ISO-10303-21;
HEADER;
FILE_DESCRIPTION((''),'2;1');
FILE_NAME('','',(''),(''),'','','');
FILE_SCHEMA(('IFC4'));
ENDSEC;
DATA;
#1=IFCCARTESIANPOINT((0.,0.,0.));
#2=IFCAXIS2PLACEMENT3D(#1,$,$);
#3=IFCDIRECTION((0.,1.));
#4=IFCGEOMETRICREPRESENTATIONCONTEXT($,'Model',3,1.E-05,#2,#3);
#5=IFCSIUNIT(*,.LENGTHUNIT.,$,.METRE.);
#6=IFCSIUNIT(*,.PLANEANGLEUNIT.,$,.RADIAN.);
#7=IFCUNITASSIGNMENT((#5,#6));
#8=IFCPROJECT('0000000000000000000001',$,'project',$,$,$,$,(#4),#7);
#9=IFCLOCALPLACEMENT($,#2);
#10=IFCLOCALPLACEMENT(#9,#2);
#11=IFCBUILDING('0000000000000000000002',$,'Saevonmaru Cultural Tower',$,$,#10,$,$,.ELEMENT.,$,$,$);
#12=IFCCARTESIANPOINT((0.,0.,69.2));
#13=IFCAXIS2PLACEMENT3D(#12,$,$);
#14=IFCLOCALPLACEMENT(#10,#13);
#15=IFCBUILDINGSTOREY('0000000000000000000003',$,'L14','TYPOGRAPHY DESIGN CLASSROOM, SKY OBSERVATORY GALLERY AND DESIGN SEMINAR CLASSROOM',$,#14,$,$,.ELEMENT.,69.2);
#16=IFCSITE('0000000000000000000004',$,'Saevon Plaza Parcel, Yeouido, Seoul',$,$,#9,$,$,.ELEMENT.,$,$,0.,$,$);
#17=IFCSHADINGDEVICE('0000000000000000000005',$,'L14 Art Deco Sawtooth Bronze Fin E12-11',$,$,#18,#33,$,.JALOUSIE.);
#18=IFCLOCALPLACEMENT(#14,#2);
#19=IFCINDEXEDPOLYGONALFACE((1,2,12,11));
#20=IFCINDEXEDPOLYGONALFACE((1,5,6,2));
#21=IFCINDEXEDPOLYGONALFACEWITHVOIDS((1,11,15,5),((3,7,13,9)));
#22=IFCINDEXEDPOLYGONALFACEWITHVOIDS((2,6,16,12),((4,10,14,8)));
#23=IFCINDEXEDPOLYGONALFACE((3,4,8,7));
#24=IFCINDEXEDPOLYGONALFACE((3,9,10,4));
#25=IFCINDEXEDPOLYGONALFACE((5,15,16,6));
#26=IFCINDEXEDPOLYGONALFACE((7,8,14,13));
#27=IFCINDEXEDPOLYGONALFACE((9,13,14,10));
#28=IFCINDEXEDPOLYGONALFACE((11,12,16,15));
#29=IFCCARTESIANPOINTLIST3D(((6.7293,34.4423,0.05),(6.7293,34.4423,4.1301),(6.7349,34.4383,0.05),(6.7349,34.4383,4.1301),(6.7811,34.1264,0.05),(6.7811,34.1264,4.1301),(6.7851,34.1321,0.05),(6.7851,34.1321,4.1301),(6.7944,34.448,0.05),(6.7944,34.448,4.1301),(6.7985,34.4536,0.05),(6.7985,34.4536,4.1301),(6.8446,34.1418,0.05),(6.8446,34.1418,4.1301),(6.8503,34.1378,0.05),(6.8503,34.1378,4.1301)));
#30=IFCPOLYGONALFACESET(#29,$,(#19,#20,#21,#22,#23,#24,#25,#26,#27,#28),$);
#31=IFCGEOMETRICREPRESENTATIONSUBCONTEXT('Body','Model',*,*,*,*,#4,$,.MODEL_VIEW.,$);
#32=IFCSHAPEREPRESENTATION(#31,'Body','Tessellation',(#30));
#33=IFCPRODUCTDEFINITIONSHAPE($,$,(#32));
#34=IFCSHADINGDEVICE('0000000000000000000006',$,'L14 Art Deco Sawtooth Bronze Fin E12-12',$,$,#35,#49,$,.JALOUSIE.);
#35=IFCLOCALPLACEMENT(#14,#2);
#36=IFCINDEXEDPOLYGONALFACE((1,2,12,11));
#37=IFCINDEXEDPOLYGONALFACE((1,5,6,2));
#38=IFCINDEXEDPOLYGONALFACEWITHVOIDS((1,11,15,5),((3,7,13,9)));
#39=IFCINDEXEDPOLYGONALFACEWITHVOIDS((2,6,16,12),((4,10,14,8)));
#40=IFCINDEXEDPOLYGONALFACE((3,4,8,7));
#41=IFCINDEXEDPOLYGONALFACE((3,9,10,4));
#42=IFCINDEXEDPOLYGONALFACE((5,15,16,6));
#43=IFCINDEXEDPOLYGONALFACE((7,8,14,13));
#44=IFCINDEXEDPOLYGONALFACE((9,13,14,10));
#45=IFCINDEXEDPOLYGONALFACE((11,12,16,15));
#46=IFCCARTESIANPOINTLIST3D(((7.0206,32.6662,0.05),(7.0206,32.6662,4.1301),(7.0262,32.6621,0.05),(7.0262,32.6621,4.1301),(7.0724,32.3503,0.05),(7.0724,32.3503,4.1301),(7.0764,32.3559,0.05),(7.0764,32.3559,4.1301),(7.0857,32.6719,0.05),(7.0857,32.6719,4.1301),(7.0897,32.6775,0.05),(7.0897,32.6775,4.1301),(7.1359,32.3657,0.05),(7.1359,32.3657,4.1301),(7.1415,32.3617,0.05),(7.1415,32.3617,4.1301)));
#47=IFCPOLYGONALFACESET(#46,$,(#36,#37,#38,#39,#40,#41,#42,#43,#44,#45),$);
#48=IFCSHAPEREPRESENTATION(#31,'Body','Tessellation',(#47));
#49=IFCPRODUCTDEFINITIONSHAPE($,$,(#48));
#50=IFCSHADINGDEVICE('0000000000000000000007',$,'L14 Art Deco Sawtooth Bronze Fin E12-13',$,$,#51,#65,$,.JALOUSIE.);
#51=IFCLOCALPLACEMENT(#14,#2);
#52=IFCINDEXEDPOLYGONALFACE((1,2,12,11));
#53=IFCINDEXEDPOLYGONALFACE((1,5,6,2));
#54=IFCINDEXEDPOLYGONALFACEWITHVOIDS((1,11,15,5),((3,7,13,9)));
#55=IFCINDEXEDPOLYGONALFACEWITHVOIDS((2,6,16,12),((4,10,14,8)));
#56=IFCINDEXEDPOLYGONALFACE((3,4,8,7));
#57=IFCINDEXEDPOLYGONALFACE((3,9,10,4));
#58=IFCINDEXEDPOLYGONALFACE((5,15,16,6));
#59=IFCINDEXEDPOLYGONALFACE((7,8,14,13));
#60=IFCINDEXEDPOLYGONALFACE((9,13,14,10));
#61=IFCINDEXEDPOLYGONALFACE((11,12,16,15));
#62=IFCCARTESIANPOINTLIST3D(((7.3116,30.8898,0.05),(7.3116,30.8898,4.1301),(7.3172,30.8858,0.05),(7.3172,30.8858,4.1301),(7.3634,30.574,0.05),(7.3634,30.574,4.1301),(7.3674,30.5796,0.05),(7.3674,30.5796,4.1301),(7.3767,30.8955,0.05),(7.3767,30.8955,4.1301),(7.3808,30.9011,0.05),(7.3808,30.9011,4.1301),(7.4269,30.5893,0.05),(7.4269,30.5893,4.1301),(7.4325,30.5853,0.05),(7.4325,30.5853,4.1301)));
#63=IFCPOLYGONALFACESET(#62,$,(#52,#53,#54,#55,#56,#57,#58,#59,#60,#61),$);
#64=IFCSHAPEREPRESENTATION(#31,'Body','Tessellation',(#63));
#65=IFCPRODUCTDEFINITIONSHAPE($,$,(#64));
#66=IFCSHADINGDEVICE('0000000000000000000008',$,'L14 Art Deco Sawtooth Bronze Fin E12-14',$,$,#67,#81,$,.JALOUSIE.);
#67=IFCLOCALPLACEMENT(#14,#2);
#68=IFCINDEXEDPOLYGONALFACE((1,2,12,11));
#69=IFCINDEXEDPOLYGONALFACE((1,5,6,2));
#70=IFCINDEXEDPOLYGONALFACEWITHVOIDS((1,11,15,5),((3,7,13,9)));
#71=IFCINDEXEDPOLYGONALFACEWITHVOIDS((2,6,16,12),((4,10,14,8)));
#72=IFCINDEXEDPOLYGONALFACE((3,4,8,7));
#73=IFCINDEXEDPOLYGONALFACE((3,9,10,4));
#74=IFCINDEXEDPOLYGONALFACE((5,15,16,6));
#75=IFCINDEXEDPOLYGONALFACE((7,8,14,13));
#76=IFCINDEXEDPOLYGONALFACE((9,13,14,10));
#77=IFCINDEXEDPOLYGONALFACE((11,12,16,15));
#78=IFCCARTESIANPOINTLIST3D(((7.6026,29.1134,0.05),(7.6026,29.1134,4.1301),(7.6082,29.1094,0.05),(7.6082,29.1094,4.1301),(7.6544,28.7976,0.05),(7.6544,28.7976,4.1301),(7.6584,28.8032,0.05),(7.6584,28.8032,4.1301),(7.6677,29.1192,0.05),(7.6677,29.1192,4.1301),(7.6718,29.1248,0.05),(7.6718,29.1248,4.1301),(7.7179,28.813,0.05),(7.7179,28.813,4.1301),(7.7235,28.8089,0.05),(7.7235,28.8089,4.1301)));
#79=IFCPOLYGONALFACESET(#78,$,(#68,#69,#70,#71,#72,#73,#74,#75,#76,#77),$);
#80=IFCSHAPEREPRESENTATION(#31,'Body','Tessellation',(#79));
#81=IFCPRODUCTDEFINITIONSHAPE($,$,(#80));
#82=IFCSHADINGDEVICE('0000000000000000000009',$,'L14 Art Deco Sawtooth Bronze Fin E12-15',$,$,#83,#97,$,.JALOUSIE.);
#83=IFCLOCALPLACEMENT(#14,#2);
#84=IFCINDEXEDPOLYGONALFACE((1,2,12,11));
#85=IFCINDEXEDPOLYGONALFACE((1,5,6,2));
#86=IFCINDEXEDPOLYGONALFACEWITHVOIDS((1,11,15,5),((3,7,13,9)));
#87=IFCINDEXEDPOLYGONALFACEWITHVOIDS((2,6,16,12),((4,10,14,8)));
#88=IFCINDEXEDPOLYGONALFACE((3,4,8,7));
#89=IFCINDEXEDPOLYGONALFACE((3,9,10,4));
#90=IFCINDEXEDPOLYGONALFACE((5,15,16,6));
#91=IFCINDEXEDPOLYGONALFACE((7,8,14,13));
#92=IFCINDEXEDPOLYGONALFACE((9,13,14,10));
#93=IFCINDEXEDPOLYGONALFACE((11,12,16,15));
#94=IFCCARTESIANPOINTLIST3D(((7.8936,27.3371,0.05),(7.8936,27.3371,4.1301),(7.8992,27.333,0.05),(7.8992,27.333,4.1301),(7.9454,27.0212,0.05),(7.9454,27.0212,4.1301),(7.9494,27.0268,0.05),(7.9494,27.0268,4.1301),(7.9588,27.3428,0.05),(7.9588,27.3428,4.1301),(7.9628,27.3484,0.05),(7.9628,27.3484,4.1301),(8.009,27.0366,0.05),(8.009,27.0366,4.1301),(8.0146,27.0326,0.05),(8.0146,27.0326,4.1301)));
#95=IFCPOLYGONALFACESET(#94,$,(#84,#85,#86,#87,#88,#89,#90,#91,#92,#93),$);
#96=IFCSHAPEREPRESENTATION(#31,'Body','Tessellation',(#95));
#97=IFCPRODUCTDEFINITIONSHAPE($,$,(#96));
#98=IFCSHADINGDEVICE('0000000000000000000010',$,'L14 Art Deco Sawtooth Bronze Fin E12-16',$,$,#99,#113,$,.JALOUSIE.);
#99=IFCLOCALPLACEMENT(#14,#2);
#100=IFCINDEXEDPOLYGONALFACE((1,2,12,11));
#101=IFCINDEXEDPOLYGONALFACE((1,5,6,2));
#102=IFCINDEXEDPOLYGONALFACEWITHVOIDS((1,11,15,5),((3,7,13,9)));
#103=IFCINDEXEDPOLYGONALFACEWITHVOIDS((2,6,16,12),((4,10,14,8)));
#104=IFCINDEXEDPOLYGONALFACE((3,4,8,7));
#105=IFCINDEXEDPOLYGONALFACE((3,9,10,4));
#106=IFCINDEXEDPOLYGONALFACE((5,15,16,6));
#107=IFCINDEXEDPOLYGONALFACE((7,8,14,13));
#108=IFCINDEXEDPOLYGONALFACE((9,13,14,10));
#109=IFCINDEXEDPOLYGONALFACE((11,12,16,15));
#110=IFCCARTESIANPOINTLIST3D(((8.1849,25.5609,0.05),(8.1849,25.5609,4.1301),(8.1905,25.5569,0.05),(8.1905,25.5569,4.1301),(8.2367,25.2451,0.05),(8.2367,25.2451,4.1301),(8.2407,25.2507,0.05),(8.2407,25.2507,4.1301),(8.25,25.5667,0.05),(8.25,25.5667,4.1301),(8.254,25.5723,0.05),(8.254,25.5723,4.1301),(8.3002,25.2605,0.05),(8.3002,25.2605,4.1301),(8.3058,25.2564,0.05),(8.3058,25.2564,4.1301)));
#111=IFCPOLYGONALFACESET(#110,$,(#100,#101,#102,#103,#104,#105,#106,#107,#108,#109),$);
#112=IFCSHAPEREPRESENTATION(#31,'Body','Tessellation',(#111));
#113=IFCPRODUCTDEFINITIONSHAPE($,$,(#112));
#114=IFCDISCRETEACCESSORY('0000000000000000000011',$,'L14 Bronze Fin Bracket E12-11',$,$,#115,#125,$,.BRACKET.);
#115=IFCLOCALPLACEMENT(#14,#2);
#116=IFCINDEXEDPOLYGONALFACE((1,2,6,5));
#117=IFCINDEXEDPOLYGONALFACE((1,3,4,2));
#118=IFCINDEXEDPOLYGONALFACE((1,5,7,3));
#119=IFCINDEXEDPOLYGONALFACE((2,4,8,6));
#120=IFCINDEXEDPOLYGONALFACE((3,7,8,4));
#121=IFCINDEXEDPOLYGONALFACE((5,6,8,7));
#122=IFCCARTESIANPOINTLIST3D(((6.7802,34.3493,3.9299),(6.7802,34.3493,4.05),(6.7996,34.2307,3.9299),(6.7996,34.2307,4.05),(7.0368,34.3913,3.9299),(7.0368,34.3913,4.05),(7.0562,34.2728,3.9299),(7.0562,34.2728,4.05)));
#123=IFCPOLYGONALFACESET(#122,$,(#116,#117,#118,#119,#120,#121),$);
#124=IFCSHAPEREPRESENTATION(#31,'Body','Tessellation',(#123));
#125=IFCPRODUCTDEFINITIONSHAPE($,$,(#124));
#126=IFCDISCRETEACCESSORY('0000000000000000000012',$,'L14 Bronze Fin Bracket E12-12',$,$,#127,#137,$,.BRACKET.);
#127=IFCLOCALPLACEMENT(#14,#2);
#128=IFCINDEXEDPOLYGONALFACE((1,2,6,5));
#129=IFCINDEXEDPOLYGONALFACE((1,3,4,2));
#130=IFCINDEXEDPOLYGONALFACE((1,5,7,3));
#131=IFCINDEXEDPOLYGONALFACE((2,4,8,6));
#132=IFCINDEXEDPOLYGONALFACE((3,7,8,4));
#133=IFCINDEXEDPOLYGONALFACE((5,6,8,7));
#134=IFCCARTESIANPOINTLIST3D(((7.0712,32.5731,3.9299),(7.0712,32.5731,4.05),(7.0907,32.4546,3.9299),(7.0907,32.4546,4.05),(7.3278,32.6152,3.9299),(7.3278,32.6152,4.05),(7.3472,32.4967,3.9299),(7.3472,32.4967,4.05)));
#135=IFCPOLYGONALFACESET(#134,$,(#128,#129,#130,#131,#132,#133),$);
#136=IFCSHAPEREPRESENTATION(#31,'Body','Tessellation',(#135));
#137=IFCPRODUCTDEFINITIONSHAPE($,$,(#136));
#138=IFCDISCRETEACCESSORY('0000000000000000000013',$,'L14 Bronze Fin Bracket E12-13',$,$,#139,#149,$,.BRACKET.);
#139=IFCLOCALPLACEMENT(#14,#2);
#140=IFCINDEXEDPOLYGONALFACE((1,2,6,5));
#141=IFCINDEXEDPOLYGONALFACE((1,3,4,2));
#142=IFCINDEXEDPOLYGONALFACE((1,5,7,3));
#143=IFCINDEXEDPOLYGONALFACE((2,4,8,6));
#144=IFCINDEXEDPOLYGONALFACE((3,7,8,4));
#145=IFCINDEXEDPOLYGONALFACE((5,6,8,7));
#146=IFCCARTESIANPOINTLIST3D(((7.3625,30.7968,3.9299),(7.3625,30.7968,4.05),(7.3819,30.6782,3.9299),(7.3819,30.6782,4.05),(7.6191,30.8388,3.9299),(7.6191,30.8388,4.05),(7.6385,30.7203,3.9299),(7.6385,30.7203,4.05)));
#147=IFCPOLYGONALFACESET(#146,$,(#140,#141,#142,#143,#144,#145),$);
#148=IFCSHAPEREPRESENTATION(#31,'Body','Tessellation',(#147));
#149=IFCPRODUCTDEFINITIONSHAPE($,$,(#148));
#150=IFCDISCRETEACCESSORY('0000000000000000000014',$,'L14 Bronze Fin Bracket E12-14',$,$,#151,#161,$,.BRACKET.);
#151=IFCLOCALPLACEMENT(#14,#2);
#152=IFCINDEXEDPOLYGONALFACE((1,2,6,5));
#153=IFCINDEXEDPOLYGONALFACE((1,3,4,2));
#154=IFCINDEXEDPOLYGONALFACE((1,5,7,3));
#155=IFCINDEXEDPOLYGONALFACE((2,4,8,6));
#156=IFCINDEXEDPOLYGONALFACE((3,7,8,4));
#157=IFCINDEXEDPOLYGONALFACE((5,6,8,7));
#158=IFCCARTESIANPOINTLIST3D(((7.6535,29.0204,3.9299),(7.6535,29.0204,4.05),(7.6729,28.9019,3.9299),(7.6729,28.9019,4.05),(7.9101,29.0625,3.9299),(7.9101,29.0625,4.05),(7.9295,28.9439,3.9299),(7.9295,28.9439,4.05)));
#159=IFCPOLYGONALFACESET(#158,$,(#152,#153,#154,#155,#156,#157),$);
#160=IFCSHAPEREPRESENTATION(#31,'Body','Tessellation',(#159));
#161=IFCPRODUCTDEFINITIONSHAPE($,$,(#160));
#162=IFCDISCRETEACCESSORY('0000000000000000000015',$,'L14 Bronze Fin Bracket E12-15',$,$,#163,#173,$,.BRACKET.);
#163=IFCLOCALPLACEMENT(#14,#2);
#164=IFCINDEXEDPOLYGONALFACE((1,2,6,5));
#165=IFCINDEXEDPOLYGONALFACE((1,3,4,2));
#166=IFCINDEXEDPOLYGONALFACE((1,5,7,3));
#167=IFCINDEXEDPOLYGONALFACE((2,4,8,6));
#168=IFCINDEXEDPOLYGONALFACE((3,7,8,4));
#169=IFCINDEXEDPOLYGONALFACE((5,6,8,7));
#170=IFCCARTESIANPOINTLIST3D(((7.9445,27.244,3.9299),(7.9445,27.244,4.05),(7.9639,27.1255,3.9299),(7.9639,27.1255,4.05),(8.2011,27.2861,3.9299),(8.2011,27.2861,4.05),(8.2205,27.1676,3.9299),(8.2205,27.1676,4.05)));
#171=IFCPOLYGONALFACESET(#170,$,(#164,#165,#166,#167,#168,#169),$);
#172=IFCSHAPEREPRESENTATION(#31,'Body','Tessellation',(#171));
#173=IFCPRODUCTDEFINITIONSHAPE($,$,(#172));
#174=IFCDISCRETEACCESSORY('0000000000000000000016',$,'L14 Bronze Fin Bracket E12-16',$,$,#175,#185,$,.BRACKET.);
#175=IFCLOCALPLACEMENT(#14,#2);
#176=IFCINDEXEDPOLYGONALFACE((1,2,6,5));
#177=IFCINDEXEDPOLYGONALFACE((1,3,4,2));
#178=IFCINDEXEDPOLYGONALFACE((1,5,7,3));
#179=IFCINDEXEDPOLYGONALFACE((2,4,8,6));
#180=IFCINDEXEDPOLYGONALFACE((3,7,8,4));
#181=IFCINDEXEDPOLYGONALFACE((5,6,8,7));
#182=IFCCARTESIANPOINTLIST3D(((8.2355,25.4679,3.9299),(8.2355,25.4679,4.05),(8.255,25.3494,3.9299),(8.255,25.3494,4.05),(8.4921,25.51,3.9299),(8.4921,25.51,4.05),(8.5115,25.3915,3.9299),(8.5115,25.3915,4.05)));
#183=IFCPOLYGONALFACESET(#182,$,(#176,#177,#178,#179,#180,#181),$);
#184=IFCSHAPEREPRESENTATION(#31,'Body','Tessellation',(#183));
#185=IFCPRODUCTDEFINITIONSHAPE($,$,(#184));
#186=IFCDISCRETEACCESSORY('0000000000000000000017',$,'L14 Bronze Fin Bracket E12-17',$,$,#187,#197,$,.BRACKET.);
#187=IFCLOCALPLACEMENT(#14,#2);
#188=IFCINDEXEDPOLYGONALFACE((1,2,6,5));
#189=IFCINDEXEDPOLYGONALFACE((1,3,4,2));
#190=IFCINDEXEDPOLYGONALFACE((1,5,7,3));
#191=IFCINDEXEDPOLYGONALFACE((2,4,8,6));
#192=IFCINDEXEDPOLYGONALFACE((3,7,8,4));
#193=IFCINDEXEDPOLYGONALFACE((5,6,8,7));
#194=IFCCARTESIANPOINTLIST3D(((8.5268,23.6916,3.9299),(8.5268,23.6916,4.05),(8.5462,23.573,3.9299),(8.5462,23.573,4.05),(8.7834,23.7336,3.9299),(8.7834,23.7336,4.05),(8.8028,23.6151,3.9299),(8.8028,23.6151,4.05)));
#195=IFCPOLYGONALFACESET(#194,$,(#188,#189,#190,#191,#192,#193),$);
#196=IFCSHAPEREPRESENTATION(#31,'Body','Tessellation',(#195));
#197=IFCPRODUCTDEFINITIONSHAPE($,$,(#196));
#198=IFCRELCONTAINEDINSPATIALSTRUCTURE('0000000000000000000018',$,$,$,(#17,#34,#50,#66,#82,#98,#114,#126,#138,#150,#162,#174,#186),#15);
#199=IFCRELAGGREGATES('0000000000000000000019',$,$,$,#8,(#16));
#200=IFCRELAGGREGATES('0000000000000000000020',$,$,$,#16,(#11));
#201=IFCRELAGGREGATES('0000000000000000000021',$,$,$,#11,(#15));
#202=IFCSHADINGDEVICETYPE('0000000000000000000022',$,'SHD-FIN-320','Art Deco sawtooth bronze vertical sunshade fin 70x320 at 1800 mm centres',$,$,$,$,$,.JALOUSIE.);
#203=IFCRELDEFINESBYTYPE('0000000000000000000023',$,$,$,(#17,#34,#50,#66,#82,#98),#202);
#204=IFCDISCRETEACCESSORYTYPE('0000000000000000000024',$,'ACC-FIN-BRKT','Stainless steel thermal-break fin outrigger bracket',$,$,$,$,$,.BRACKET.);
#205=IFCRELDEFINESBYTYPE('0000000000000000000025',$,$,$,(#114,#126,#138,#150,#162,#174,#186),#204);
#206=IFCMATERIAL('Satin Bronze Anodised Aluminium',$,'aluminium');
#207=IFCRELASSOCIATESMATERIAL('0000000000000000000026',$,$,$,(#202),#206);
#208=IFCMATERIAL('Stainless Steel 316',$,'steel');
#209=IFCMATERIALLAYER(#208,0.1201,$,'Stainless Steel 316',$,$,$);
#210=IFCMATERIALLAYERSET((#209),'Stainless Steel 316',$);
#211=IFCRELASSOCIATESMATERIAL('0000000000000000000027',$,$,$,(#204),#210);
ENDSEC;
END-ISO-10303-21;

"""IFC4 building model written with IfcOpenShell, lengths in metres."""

from ifc_helpers import new_model, si_unit, direction, frame, origin, origin_2d, place, context, subcontext, project, spatial, rectangle, hollow_rectangle, extrude, material, layer, layer_set, material_profile, profile_set, type_object, element, save


model = new_model("IFC4")

# Units and contexts
model_context = context("Model", 3, precision=1e-05, world=origin(), true_north=direction((0.0, 1.0)))
body_context = subcontext(model_context, "Body", "Model", "MODEL_VIEW")
ifc_project = project(units=[si_unit("LENGTHUNIT", "METRE"), si_unit("PLANEANGLEUNIT", "RADIAN")], contexts=[model_context])

# Site, building, storey
site_placement = place(None, origin())
site = spatial("IfcSite", under=ifc_project, at=site_placement, Name="Saevon Plaza Parcel, Yeouido, Seoul", CompositionType="ELEMENT", RefElevation=0.0)
building_placement = place(site_placement, origin())
building = spatial("IfcBuilding", under=site, at=building_placement, Name="Saevonmaru Cultural Tower", CompositionType="ELEMENT")
storey_placement = place(building_placement, frame((0.0, 0.0, 69.2)))
storey = spatial("IfcBuildingStorey", under=building, at=storey_placement, Name="L14", Description="TYPOGRAPHY DESIGN CLASSROOM, SKY OBSERVATORY GALLERY AND DESIGN SEMINAR CLASSROOM", CompositionType="ELEMENT", Elevation=69.2)

# Shared definitions
ifc_material_1 = material(Name="Satin Bronze Anodised Aluminium", Category="aluminium")

# Shading devices
ifc_material_profile_1 = material_profile(ifc_material_1, hollow_rectangle(XDim=0.0701, YDim=0.3201, WallThickness=0.0049, at=origin_2d()), Name="FIN-320x70")
ifc_profile_set_1 = profile_set([ifc_material_profile_1], Name="Satin Bronze Anodised Aluminium")
shading_device_type = type_object("IfcShadingDeviceType", Name="SHD-FIN-320", Description="Art Deco sawtooth bronze vertical sunshade fin 70x320 at 1800 mm centres", PredefinedType="JALOUSIE", material=ifc_profile_set_1)
for number, where, z_axis, x_axis, name in (
    (1, (6.7898, 34.29, 0.05), (0.0, 0.0, 1.0), (-0.986827, -0.161776, 0.0), "L14 Art Deco Sawtooth Bronze Fin E12-11"),
    (2, (7.0811, 32.5139, 0.05), (0.0, 0.0, 1.0), (-0.986827, -0.161776, 0.0), "L14 Art Deco Sawtooth Bronze Fin E12-12"),
    (3, (7.3721, 30.7375, 0.05), (0.0, 0.0, 1.0), (-0.986827, -0.161776, 0.0), "L14 Art Deco Sawtooth Bronze Fin E12-13"),
    (4, (7.6631, 28.9612, 0.05), (0.0, 0.0, 1.0), (-0.986827, -0.161776, 0.0), "L14 Art Deco Sawtooth Bronze Fin E12-14"),
    (5, (7.9541, 27.1848, 0.05), (0.0, 0.0, 1.0), (-0.986827, -0.161776, 0.0), "L14 Art Deco Sawtooth Bronze Fin E12-15"),
    (6, (8.2454, 25.4087, 0.05), (0.0, 0.0, 1.0), (-0.986827, -0.161776, 0.0), "L14 Art Deco Sawtooth Bronze Fin E12-16"),
):
    element("IfcShadingDevice", number, at=place(storey_placement, frame(where, z_axis=z_axis, x_axis=x_axis)), inside=storey, type_object=shading_device_type, Name=name, PredefinedType="JALOUSIE", context=body_context, shape_type="SweptSolid", body=[
        extrude(hollow_rectangle(XDim=0.0701, YDim=0.3201, WallThickness=0.0049, at=origin_2d()), origin(), (0.0, 0.0, 1.0), 4.0801),
    ])

# Discrete accessories
ifc_material_2 = material(Name="Stainless Steel 316", Category="steel")
ifc_layer_1 = layer(ifc_material_2, 0.1201, Name="Stainless Steel 316")
ifc_layer_set_1 = layer_set([ifc_layer_1], Name="Stainless Steel 316")
discrete_accessory_type = type_object("IfcDiscreteAccessoryType", Name="ACC-FIN-BRKT", Description="Stainless steel thermal-break fin outrigger bracket", PredefinedType="BRACKET", material=ifc_layer_set_1)
for number, where, z_axis, x_axis, name in (
    (7, (6.9182, 34.311, 3.9299), (0.0, 0.0, 1.0), (-0.986827, -0.161776, 0.0), "L14 Bronze Fin Bracket E12-11"),
    (8, (7.2092, 32.5349, 3.9299), (0.0, 0.0, 1.0), (-0.986827, -0.161776, 0.0), "L14 Bronze Fin Bracket E12-12"),
    (9, (7.5005, 30.7585, 3.9299), (0.0, 0.0, 1.0), (-0.986827, -0.161776, 0.0), "L14 Bronze Fin Bracket E12-13"),
    (10, (7.7915, 28.9822, 3.9299), (0.0, 0.0, 1.0), (-0.986827, -0.161776, 0.0), "L14 Bronze Fin Bracket E12-14"),
    (11, (8.0825, 27.2058, 3.9299), (0.0, 0.0, 1.0), (-0.986827, -0.161776, 0.0), "L14 Bronze Fin Bracket E12-15"),
    (12, (8.3735, 25.4297, 3.9299), (0.0, 0.0, 1.0), (-0.986827, -0.161776, 0.0), "L14 Bronze Fin Bracket E12-16"),
    (13, (8.6648, 23.6533, 3.9299), (0.0, 0.0, 1.0), (-0.986827, -0.161776, 0.0), "L14 Bronze Fin Bracket E12-17"),
):
    element("IfcDiscreteAccessory", number, at=place(storey_placement, frame(where, z_axis=z_axis, x_axis=x_axis)), inside=storey, type_object=discrete_accessory_type, Name=name, PredefinedType="BRACKET", context=body_context, shape_type="SweptSolid", body=[
        extrude(rectangle(XDim=0.26, YDim=0.1201, at=origin_2d()), origin(), (0.0, 0.0, 1.0), 0.1201),
    ])

save(model, "model.ifc")
